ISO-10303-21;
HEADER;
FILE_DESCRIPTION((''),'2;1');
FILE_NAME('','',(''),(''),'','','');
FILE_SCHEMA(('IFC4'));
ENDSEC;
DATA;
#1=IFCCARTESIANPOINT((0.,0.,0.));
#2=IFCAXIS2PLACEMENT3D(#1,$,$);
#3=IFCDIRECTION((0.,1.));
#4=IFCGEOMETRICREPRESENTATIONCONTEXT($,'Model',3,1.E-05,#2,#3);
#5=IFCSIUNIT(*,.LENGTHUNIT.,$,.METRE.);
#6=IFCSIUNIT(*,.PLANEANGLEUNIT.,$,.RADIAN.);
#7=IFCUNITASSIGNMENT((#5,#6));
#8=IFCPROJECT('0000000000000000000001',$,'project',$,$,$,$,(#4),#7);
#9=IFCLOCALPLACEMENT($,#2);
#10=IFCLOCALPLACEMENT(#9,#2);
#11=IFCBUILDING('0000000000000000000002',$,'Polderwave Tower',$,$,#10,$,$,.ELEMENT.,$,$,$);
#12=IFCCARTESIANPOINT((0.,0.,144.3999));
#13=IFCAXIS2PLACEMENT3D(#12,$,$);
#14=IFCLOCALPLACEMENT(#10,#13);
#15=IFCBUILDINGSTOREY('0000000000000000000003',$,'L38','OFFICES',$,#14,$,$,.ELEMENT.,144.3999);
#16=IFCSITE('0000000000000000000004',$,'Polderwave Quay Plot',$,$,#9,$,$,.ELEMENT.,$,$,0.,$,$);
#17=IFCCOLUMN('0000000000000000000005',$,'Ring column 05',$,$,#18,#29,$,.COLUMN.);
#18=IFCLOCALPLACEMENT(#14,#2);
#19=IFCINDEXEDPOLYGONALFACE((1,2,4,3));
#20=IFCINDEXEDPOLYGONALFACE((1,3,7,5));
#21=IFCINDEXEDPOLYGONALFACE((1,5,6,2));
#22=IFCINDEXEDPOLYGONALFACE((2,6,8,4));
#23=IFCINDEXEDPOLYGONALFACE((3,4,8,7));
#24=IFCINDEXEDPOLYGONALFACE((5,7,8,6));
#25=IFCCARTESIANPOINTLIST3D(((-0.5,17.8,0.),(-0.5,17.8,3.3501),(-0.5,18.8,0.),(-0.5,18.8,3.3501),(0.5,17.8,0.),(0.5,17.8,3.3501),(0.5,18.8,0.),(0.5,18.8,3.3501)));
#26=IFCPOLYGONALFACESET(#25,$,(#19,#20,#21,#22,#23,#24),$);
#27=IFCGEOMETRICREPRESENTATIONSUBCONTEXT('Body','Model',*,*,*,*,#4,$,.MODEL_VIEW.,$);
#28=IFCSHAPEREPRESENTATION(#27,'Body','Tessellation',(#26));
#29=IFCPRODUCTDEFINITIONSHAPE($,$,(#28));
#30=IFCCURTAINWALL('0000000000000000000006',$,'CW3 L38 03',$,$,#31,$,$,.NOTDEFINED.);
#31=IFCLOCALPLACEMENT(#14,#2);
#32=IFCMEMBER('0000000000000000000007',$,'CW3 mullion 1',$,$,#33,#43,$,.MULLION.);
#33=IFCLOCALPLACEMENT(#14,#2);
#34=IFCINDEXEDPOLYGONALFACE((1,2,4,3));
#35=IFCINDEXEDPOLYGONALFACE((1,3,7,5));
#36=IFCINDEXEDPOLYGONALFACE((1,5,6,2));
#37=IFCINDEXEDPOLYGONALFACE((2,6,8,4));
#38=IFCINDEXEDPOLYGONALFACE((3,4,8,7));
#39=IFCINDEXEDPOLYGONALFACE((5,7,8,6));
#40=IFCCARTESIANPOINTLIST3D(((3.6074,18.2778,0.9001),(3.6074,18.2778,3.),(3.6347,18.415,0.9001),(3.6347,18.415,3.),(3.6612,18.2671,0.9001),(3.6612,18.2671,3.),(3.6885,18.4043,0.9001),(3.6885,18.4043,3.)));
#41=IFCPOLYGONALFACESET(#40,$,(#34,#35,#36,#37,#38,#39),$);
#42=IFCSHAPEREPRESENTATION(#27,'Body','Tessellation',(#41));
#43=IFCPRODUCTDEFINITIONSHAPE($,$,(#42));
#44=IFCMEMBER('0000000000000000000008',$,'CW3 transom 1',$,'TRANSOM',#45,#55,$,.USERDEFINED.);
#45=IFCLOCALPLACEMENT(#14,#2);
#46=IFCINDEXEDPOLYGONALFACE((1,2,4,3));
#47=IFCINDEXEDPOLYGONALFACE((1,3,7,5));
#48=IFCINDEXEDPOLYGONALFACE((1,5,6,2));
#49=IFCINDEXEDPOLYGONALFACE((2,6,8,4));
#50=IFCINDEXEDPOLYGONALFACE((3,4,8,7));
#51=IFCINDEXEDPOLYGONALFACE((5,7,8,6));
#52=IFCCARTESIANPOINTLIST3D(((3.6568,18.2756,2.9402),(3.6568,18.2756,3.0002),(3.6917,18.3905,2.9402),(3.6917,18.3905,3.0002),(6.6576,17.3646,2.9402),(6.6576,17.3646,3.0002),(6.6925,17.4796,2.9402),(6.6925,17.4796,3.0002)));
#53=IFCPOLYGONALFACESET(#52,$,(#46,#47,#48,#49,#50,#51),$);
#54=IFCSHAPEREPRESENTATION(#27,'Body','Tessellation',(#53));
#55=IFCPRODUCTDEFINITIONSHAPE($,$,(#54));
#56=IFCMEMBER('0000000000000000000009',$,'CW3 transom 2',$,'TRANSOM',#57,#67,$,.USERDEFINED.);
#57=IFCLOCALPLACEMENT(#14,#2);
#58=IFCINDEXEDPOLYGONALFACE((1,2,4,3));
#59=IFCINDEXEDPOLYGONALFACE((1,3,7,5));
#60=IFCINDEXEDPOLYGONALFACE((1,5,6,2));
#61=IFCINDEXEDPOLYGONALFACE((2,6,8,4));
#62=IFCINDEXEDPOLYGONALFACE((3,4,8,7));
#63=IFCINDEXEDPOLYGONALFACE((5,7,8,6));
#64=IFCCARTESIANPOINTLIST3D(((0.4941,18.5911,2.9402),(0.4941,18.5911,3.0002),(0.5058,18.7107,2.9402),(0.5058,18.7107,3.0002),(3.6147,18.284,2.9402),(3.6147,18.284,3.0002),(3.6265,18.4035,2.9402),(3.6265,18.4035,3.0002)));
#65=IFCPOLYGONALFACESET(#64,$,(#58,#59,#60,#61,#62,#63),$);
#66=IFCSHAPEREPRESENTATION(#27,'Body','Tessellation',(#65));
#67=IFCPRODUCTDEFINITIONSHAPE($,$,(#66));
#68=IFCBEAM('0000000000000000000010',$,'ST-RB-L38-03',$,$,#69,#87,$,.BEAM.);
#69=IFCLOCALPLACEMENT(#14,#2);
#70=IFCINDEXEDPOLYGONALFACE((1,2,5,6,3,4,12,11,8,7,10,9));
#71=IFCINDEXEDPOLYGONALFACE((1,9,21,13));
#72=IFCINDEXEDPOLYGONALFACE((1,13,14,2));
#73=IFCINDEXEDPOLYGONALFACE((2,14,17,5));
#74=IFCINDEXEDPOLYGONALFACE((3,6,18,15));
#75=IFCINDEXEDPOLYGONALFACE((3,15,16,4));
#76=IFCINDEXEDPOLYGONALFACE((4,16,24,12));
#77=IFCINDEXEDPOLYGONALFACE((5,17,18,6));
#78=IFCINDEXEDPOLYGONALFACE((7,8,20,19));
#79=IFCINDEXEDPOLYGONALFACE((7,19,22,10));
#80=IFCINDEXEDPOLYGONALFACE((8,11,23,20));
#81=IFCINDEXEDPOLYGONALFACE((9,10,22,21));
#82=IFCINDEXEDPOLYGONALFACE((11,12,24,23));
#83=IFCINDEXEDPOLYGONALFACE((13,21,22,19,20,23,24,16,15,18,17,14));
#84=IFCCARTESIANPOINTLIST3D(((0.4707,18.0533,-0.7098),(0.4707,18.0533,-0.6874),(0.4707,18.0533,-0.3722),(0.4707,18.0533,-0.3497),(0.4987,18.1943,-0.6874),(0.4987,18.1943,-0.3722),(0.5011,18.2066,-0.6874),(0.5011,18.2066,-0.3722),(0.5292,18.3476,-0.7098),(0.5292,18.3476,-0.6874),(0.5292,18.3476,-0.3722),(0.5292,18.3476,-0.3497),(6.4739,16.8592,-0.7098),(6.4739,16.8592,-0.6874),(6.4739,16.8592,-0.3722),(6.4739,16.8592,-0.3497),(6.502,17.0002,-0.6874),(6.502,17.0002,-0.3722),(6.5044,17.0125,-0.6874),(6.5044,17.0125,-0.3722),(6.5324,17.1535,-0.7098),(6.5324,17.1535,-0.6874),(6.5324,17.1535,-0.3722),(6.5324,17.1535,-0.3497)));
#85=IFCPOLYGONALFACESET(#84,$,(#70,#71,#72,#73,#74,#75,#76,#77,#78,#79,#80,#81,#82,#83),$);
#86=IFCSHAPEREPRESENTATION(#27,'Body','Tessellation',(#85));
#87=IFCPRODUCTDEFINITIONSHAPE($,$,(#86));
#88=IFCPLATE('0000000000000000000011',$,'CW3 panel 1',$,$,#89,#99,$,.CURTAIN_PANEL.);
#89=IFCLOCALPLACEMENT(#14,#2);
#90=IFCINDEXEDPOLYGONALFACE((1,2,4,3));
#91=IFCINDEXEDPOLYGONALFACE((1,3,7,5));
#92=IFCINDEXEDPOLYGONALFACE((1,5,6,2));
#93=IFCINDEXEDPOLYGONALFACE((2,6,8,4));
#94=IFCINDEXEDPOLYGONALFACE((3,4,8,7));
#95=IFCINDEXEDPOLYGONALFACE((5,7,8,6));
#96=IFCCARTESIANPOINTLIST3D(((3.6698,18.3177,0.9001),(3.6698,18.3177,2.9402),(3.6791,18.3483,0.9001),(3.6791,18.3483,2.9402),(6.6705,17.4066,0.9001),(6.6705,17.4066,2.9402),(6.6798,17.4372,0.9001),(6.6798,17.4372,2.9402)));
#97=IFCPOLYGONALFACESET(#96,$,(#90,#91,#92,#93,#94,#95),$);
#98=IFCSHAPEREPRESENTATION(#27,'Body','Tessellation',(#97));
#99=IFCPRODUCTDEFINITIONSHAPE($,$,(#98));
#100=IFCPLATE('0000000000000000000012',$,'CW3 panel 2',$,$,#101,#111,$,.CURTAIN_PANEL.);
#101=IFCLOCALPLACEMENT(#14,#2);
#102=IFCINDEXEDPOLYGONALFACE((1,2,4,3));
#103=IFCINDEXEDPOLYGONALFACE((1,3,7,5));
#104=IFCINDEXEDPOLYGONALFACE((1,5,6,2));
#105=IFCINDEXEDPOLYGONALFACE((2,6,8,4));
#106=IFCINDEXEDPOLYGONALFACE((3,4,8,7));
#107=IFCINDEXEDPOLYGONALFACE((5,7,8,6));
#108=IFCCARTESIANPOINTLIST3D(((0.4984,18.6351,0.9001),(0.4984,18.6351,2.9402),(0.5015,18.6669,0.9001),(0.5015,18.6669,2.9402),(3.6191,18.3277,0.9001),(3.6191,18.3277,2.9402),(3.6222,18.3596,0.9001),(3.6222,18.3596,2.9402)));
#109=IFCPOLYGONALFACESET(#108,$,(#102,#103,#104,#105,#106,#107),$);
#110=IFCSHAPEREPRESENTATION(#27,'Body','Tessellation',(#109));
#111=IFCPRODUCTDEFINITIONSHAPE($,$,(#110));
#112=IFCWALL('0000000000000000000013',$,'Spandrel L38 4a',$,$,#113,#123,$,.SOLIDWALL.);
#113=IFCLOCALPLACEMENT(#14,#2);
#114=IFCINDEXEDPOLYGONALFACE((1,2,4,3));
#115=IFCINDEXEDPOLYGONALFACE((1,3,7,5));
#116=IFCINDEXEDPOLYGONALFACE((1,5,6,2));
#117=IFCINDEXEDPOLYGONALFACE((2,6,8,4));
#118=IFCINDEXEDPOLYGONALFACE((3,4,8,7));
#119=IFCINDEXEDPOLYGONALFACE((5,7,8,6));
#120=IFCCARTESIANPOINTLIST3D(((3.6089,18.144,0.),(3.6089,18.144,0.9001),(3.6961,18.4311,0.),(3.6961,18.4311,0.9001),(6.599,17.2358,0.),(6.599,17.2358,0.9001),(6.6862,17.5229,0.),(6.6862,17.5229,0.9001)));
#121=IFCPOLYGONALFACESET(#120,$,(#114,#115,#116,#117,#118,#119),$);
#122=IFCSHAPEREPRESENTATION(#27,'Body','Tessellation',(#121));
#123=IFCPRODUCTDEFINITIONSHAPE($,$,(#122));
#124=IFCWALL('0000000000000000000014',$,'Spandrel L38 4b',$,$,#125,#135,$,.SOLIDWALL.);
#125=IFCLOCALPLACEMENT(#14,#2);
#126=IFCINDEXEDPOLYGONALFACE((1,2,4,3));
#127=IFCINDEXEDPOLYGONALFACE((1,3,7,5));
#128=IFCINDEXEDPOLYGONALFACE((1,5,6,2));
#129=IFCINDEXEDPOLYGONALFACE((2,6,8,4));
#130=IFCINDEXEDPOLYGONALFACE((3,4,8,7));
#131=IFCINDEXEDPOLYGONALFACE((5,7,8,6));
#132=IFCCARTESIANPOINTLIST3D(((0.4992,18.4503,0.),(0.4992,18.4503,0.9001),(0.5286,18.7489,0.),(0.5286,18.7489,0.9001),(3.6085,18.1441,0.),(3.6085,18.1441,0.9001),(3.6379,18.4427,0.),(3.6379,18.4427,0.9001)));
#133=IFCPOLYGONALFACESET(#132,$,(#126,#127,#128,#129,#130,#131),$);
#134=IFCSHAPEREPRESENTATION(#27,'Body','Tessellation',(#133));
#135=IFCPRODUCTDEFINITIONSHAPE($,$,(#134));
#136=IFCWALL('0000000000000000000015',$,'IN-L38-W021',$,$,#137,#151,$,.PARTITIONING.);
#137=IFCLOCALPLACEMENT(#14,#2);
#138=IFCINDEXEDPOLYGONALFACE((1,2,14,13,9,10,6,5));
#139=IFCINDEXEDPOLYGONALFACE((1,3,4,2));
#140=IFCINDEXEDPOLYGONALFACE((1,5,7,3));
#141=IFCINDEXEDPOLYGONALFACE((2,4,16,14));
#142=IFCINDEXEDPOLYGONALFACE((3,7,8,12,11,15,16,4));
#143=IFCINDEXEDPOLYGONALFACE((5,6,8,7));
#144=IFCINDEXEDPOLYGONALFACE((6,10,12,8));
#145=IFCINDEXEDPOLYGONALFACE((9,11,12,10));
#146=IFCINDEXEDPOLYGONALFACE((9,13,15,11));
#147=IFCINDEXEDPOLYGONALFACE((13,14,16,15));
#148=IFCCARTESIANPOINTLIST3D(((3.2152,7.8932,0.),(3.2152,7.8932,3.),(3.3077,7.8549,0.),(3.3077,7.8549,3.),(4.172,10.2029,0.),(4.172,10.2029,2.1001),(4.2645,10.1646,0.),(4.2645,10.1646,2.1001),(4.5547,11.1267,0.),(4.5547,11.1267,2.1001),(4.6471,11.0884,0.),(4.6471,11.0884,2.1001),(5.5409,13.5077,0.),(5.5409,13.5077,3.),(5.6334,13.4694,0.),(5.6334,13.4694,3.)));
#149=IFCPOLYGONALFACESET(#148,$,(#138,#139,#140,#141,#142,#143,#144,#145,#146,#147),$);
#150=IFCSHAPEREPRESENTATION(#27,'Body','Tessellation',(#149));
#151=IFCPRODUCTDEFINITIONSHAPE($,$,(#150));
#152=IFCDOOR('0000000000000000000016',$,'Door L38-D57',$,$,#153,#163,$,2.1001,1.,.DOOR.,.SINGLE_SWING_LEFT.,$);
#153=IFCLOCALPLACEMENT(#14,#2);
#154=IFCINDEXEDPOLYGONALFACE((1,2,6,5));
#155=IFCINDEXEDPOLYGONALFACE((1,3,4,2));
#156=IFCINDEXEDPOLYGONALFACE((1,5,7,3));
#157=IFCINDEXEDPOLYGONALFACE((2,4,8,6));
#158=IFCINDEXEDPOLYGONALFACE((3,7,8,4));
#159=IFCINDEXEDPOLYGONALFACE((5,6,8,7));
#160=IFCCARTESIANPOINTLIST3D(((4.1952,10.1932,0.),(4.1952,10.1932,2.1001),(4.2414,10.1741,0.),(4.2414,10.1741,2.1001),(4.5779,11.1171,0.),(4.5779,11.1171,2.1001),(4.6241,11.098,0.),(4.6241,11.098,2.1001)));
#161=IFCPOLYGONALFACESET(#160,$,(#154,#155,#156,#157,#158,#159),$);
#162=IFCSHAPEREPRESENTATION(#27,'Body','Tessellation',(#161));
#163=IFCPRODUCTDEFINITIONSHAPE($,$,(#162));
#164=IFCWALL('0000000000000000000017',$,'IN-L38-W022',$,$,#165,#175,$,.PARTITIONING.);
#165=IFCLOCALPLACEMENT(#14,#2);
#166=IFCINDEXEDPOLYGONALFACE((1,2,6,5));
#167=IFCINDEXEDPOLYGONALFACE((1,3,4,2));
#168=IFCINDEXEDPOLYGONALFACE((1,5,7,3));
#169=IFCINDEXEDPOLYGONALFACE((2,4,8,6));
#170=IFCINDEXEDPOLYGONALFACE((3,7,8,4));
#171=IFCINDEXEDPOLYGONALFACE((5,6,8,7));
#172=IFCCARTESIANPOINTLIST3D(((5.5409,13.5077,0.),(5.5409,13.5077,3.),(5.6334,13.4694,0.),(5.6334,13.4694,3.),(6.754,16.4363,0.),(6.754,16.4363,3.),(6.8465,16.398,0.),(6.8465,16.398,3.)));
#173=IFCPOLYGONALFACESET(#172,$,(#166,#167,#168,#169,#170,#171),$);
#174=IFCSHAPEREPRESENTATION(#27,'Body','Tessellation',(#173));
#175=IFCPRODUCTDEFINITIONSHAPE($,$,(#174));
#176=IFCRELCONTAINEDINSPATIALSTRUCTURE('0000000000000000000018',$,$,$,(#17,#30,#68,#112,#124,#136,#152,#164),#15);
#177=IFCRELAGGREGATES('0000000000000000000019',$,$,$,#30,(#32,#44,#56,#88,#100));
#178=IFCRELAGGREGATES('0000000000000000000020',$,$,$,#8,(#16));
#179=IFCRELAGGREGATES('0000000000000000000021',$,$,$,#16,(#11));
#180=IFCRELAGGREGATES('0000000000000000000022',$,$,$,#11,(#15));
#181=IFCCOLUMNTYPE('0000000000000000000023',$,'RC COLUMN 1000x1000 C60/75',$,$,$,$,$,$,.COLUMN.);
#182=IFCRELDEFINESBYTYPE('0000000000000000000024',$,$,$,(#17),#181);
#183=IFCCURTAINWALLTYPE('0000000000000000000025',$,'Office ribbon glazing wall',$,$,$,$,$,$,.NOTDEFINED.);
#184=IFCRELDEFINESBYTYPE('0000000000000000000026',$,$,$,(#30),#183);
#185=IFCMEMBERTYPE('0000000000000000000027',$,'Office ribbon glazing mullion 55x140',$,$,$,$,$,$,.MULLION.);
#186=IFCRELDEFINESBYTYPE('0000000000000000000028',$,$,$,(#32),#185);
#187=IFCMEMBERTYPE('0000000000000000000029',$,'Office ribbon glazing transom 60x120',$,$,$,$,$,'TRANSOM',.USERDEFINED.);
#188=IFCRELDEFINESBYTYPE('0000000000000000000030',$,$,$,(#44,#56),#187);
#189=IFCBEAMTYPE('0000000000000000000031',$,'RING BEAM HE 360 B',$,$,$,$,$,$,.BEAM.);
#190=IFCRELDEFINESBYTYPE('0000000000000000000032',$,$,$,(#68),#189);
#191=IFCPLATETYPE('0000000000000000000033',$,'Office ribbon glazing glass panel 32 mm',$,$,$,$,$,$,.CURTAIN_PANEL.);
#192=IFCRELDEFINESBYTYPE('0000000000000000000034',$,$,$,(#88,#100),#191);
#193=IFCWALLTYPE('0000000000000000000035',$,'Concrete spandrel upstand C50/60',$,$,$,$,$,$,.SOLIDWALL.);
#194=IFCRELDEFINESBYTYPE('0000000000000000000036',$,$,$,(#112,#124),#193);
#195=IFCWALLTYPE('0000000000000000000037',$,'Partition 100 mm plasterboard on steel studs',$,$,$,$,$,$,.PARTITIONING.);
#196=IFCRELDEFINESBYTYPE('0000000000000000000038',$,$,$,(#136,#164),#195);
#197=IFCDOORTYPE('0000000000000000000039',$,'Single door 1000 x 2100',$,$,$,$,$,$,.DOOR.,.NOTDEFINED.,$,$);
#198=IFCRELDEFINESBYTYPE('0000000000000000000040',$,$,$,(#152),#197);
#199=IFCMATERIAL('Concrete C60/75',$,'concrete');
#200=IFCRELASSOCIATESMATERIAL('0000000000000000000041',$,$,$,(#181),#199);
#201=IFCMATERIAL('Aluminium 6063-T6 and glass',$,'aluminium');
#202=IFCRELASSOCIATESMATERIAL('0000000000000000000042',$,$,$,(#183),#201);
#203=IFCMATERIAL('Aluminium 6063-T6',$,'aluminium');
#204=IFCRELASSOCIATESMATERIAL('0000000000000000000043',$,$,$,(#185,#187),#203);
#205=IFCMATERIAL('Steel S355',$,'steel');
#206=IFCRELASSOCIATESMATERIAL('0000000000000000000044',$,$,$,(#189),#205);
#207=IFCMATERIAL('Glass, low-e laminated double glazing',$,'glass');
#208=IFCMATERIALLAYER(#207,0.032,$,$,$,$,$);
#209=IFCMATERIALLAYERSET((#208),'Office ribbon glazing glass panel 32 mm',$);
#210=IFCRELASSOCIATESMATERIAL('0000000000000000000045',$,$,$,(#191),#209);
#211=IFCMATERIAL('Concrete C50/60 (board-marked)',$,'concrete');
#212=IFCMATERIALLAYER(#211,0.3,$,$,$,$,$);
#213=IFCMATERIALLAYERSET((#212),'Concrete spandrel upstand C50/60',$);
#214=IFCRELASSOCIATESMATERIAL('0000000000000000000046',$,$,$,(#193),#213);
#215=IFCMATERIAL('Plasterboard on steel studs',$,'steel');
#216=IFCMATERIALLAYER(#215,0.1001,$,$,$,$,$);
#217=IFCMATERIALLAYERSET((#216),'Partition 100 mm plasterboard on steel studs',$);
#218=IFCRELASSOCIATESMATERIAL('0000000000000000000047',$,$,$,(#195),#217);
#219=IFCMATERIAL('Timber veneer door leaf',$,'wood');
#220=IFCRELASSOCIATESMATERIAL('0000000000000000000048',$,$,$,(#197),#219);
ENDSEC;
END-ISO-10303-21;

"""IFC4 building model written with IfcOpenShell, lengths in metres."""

from ifc_helpers import new_model, si_unit, direction, frame, frame_2d, origin, origin_2d, place, context, subcontext, project, spatial, rectangle, i_section, extrude, material, layer, layer_set, material_profile, profile_set, type_object, element, fill, aggregate, save


model = new_model("IFC4")

# Units and contexts
model_context = context("Model", 3, precision=1e-05, world=origin(), true_north=direction((0.0, 1.0)))
body_context = subcontext(model_context, "Body", "Model", "MODEL_VIEW")
ifc_project = project(units=[si_unit("LENGTHUNIT", "METRE"), si_unit("PLANEANGLEUNIT", "RADIAN")], contexts=[model_context])

# Site, building, storey
site_placement = place(None, origin())
site = spatial("IfcSite", under=ifc_project, at=site_placement, Name="Polderwave Quay Plot", CompositionType="ELEMENT", RefElevation=0.0)
building_placement = place(site_placement, origin())
building = spatial("IfcBuilding", under=site, at=building_placement, Name="Polderwave Tower", CompositionType="ELEMENT")
storey_placement = place(building_placement, frame((0.0, 0.0, 144.3999)))
storey = spatial("IfcBuildingStorey", under=building, at=storey_placement, Name="L38", Description="OFFICES", CompositionType="ELEMENT", Elevation=144.3999)

# Column
ifc_material_1 = material(Name="Concrete C60/75", Category="concrete")
ifc_material_profile_1 = material_profile(ifc_material_1, rectangle(XDim=1.0, YDim=1.0, at=origin_2d()), Name="RC 1000x1000")
ifc_profile_set_1 = profile_set([ifc_material_profile_1], Name="Concrete C60/75")
column_type = type_object("IfcColumnType", Name="RC COLUMN 1000x1000 C60/75", PredefinedType="COLUMN", material=ifc_profile_set_1)
column_placement = place(storey_placement, frame((0.0, 18.3, 0.0), z_axis=(0.0, 0.0, 1.0), x_axis=(0.0, 1.0, 0.0)))
element("IfcColumn", 1, at=column_placement, inside=storey, type_object=column_type, Name="Ring column 05", PredefinedType="COLUMN", context=body_context, shape_type="SweptSolid", body=[
    extrude(rectangle(XDim=1.0, YDim=1.0, at=origin_2d()), origin(), (0.0, 0.0, 1.0), 3.3501),
])

# Curtain wall, members
ifc_material_2 = material(Name="Aluminium 6063-T6 and glass", Category="aluminium")
curtain_wall_type = type_object("IfcCurtainWallType", Name="Office ribbon glazing wall", PredefinedType="NOTDEFINED", material=ifc_material_2)
curtain_wall_placement = place(storey_placement, origin())
curtain_wall = element("IfcCurtainWall", 2, at=curtain_wall_placement, inside=storey, type_object=curtain_wall_type, Name="CW3 L38 03", PredefinedType="NOTDEFINED")
ifc_material_3 = material(Name="Aluminium 6063-T6", Category="aluminium")
ifc_material_profile_2 = material_profile(ifc_material_3, rectangle(XDim=0.1399, YDim=0.0549, at=origin_2d()), Name="AL 55x140")
ifc_profile_set_2 = profile_set([ifc_material_profile_2], Name="Aluminium 6063-T6")
member_type_1 = type_object("IfcMemberType", Name="Office ribbon glazing mullion 55x140", PredefinedType="MULLION", material=ifc_profile_set_2)
member_1_placement = place(storey_placement, frame((3.6479, 18.3411, 0.9001), z_axis=(0.0, 0.0, 1.0), x_axis=(-0.195196, -0.980764, 0.0)))
member_1 = element("IfcMember", 3, at=member_1_placement, type_object=member_type_1, Name="CW3 mullion 1", PredefinedType="MULLION", context=body_context, shape_type="SweptSolid", body=[
    extrude(rectangle(XDim=0.1399, YDim=0.0549, at=origin_2d()), origin(), (0.0, 0.0, 1.0), 2.0999),
])
ifc_material_profile_3 = material_profile(ifc_material_3, rectangle(XDim=0.1201, YDim=0.0601, at=origin_2d()), Name="AL 60x120")
ifc_profile_set_3 = profile_set([ifc_material_profile_3], Name="Aluminium 6063-T6")
member_type_2 = type_object("IfcMemberType", Name="Office ribbon glazing transom 60x120", ElementType="TRANSOM", PredefinedType="USERDEFINED", material=ifc_profile_set_3)
member_2_placement = place(storey_placement, frame((6.675, 17.4221, 2.9702), z_axis=(-0.956885, 0.290468, 0.0), x_axis=(-0.290468, -0.956885, 0.0)))
member_2 = element("IfcMember", 4, at=member_2_placement, type_object=member_type_2, Name="CW3 transom 1", ObjectType="TRANSOM", PredefinedType="USERDEFINED", context=body_context, shape_type="SweptSolid", body=[
    extrude(rectangle(XDim=0.1201, YDim=0.0601, at=origin_2d()), origin(), (0.0, 0.0, 1.0), 3.136),
])
member_3_placement = place(storey_placement, frame((3.6206, 18.3438, 2.9702), z_axis=(-0.995192, 0.097946, 0.0), x_axis=(-0.097946, -0.995192, 0.0)))
member_3 = element("IfcMember", 5, at=member_3_placement, type_object=member_type_2, Name="CW3 transom 2", ObjectType="TRANSOM", PredefinedType="USERDEFINED", context=body_context, shape_type="SweptSolid", body=[
    extrude(rectangle(XDim=0.1201, YDim=0.0601, at=origin_2d()), origin(), (0.0, 0.0, 1.0), 3.1357),
])

# Beam
ifc_material_4 = material(Name="Steel S355", Category="steel")
ifc_material_profile_4 = material_profile(ifc_material_4, i_section(OverallWidth=0.3, OverallDepth=0.3601, WebThickness=0.0125, FlangeThickness=0.0225, at=origin_2d()), Name="HE 360 B")
ifc_profile_set_4 = profile_set([ifc_material_profile_4], Name="Steel S355")
beam_type = type_object("IfcBeamType", Name="RING BEAM HE 360 B", PredefinedType="BEAM", material=ifc_profile_set_4)
beam_placement = place(storey_placement, frame((6.5032, 17.0063, -0.5298), z_axis=(-0.980786, 0.195088, 0.0), x_axis=(-0.195088, -0.980786, 0.0)))
element("IfcBeam", 6, at=beam_placement, inside=storey, type_object=beam_type, Name="ST-RB-L38-03", PredefinedType="BEAM", context=body_context, shape_type="SweptSolid", body=[
    extrude(i_section(OverallWidth=0.3, OverallDepth=0.3601, WebThickness=0.0125, FlangeThickness=0.0225, at=origin_2d()), origin(), (0.0, 0.0, 1.0), 6.1208),
])

# Plates
ifc_material_5 = material(Name="Glass, low-e laminated double glazing", Category="glass")
ifc_layer_1 = layer(ifc_material_5, 0.032)
ifc_layer_set_1 = layer_set([ifc_layer_1], Name="Office ribbon glazing glass panel 32 mm")
plate_type = type_object("IfcPlateType", Name="Office ribbon glazing glass panel 32 mm", PredefinedType="CURTAIN_PANEL", material=ifc_layer_set_1)
plate_1_placement = place(storey_placement, frame((5.1748, 17.8774, 0.9001), z_axis=(0.0, 0.0, 1.0), x_axis=(-0.956873, 0.290507, 0.0)))
plate_1 = element("IfcPlate", 7, at=plate_1_placement, type_object=plate_type, Name="CW3 panel 1", PredefinedType="CURTAIN_PANEL", context=body_context, shape_type="SweptSolid", body=[
    extrude(rectangle(XDim=3.136, YDim=0.032, at=origin_2d()), origin(), (0.0, 0.0, 1.0), 2.04),
])
plate_2_placement = place(storey_placement, frame((2.0603, 18.4973, 0.9001), z_axis=(0.0, 0.0, 1.0), x_axis=(-0.995186, 0.098002, 0.0)))
plate_2 = element("IfcPlate", 8, at=plate_2_placement, type_object=plate_type, Name="CW3 panel 2", PredefinedType="CURTAIN_PANEL", context=body_context, shape_type="SweptSolid", body=[
    extrude(rectangle(XDim=3.1357, YDim=0.032, at=origin_2d()), origin(), (0.0, 0.0, 1.0), 2.04),
])
aggregate(curtain_wall, [member_1, member_2, member_3, plate_1, plate_2])

# Walls
ifc_material_6 = material(Name="Concrete C50/60 (board-marked)", Category="concrete")
ifc_layer_2 = layer(ifc_material_6, 0.3)
ifc_layer_set_2 = layer_set([ifc_layer_2], Name="Concrete spandrel upstand C50/60")
wall_type_1 = type_object("IfcWallType", Name="Concrete spandrel upstand C50/60", PredefinedType="SOLIDWALL", material=ifc_layer_set_2)
wall_1_placement = place(storey_placement, frame((6.6426, 17.3794, 0.0), z_axis=(0.0, 0.0, 1.0), x_axis=(-0.95684, 0.290614, 0.0)))
element("IfcWall", 9, at=wall_1_placement, inside=storey, type_object=wall_type_1, Name="Spandrel L38 4a", PredefinedType="SOLIDWALL", context=body_context, shape_type="SweptSolid", body=[
    extrude(rectangle(XDim=3.125, YDim=0.3, at=frame_2d((1.5625, 0.0))), origin(), (0.0, 0.0, 1.0), 0.9001),
])
wall_2_placement = place(storey_placement, frame((3.623, 18.2935, 0.0), z_axis=(0.0, 0.0, 1.0), x_axis=(-0.995187, 0.097995, 0.0)))
element("IfcWall", 10, at=wall_2_placement, inside=storey, type_object=wall_type_1, Name="Spandrel L38 4b", PredefinedType="SOLIDWALL", context=body_context, shape_type="SweptSolid", body=[
    extrude(rectangle(XDim=3.1243, YDim=0.3, at=frame_2d((1.562, 0.0))), origin(), (0.0, 0.0, 1.0), 0.9001),
])

# Wall, opening, door
ifc_material_7 = material(Name="Plasterboard on steel studs", Category="steel")
ifc_layer_3 = layer(ifc_material_7, 0.1001)
ifc_layer_set_3 = layer_set([ifc_layer_3], Name="Partition 100 mm plasterboard on steel studs")
wall_type_2 = type_object("IfcWallType", Name="Partition 100 mm plasterboard on steel studs", PredefinedType="PARTITIONING", material=ifc_layer_set_3)
wall_3_placement = place(storey_placement, frame((3.2615, 7.874, 0.0), z_axis=(0.0, 0.0, 1.0), x_axis=(0.382695, 0.923875, 0.0)))
wall_3 = element("IfcWall", 11, at=wall_3_placement, inside=storey, type_object=wall_type_2, Name="IN-L38-W021", PredefinedType="PARTITIONING", context=body_context, shape_type="SweptSolid", body=[
    extrude(rectangle(XDim=6.0771, YDim=0.1001, at=frame_2d((3.0386, 0.0))), origin(), (0.0, 0.0, 1.0), 3.0),
])
opening_1_placement = place(wall_3_placement, frame((2.5, 0.0, 0.0)))
opening_1 = element("IfcOpeningElement", 12, at=opening_1_placement, cuts=wall_3, PredefinedType="OPENING", context=body_context, shape_type="SweptSolid", body=[
    extrude(rectangle(XDim=1.0, YDim=2.1001, at=frame_2d((0.5, 1.05))), frame((0.0, 0.0601, 0.0), z_axis=(0.0, -1.0, 0.0), x_axis=(1.0, 0.0, 0.0)), (0.0, 0.0, 1.0), 0.1201),
])
ifc_material_8 = material(Name="Timber veneer door leaf", Category="wood")
door_type = type_object("IfcDoorType", Name="Single door 1000 x 2100", OperationType="NOTDEFINED", PredefinedType="DOOR", material=ifc_material_8)
door_1_placement = place(opening_1_placement, origin())
door_1 = element("IfcDoor", 13, at=door_1_placement, inside=storey, type_object=door_type, Name="Door L38-D57", OperationType="SINGLE_SWING_LEFT", OverallHeight=2.1001, OverallWidth=1.0, PredefinedType="DOOR", context=body_context, shape_type="SweptSolid", body=[
    extrude(rectangle(XDim=1.0, YDim=2.1001, at=frame_2d((0.5, 1.05))), frame((0.0, 0.0249, 0.0), z_axis=(0.0, -1.0, 0.0), x_axis=(1.0, 0.0, 0.0)), (0.0, 0.0, 1.0), 0.05),
])
fill(opening_1, door_1)

# Wall
wall_4_placement = place(storey_placement, frame((5.5872, 13.4885, 0.0), z_axis=(0.0, 0.0, 1.0), x_axis=(0.38269, 0.923877, 0.0)))
element("IfcWall", 14, at=wall_4_placement, inside=storey, type_object=wall_type_2, Name="IN-L38-W022", PredefinedType="PARTITIONING", context=body_context, shape_type="SweptSolid", body=[
    extrude(rectangle(XDim=3.1699, YDim=0.1001, at=frame_2d((1.585, 0.0))), origin(), (0.0, 0.0, 1.0), 3.0),
])

save(model, "model.ifc")
